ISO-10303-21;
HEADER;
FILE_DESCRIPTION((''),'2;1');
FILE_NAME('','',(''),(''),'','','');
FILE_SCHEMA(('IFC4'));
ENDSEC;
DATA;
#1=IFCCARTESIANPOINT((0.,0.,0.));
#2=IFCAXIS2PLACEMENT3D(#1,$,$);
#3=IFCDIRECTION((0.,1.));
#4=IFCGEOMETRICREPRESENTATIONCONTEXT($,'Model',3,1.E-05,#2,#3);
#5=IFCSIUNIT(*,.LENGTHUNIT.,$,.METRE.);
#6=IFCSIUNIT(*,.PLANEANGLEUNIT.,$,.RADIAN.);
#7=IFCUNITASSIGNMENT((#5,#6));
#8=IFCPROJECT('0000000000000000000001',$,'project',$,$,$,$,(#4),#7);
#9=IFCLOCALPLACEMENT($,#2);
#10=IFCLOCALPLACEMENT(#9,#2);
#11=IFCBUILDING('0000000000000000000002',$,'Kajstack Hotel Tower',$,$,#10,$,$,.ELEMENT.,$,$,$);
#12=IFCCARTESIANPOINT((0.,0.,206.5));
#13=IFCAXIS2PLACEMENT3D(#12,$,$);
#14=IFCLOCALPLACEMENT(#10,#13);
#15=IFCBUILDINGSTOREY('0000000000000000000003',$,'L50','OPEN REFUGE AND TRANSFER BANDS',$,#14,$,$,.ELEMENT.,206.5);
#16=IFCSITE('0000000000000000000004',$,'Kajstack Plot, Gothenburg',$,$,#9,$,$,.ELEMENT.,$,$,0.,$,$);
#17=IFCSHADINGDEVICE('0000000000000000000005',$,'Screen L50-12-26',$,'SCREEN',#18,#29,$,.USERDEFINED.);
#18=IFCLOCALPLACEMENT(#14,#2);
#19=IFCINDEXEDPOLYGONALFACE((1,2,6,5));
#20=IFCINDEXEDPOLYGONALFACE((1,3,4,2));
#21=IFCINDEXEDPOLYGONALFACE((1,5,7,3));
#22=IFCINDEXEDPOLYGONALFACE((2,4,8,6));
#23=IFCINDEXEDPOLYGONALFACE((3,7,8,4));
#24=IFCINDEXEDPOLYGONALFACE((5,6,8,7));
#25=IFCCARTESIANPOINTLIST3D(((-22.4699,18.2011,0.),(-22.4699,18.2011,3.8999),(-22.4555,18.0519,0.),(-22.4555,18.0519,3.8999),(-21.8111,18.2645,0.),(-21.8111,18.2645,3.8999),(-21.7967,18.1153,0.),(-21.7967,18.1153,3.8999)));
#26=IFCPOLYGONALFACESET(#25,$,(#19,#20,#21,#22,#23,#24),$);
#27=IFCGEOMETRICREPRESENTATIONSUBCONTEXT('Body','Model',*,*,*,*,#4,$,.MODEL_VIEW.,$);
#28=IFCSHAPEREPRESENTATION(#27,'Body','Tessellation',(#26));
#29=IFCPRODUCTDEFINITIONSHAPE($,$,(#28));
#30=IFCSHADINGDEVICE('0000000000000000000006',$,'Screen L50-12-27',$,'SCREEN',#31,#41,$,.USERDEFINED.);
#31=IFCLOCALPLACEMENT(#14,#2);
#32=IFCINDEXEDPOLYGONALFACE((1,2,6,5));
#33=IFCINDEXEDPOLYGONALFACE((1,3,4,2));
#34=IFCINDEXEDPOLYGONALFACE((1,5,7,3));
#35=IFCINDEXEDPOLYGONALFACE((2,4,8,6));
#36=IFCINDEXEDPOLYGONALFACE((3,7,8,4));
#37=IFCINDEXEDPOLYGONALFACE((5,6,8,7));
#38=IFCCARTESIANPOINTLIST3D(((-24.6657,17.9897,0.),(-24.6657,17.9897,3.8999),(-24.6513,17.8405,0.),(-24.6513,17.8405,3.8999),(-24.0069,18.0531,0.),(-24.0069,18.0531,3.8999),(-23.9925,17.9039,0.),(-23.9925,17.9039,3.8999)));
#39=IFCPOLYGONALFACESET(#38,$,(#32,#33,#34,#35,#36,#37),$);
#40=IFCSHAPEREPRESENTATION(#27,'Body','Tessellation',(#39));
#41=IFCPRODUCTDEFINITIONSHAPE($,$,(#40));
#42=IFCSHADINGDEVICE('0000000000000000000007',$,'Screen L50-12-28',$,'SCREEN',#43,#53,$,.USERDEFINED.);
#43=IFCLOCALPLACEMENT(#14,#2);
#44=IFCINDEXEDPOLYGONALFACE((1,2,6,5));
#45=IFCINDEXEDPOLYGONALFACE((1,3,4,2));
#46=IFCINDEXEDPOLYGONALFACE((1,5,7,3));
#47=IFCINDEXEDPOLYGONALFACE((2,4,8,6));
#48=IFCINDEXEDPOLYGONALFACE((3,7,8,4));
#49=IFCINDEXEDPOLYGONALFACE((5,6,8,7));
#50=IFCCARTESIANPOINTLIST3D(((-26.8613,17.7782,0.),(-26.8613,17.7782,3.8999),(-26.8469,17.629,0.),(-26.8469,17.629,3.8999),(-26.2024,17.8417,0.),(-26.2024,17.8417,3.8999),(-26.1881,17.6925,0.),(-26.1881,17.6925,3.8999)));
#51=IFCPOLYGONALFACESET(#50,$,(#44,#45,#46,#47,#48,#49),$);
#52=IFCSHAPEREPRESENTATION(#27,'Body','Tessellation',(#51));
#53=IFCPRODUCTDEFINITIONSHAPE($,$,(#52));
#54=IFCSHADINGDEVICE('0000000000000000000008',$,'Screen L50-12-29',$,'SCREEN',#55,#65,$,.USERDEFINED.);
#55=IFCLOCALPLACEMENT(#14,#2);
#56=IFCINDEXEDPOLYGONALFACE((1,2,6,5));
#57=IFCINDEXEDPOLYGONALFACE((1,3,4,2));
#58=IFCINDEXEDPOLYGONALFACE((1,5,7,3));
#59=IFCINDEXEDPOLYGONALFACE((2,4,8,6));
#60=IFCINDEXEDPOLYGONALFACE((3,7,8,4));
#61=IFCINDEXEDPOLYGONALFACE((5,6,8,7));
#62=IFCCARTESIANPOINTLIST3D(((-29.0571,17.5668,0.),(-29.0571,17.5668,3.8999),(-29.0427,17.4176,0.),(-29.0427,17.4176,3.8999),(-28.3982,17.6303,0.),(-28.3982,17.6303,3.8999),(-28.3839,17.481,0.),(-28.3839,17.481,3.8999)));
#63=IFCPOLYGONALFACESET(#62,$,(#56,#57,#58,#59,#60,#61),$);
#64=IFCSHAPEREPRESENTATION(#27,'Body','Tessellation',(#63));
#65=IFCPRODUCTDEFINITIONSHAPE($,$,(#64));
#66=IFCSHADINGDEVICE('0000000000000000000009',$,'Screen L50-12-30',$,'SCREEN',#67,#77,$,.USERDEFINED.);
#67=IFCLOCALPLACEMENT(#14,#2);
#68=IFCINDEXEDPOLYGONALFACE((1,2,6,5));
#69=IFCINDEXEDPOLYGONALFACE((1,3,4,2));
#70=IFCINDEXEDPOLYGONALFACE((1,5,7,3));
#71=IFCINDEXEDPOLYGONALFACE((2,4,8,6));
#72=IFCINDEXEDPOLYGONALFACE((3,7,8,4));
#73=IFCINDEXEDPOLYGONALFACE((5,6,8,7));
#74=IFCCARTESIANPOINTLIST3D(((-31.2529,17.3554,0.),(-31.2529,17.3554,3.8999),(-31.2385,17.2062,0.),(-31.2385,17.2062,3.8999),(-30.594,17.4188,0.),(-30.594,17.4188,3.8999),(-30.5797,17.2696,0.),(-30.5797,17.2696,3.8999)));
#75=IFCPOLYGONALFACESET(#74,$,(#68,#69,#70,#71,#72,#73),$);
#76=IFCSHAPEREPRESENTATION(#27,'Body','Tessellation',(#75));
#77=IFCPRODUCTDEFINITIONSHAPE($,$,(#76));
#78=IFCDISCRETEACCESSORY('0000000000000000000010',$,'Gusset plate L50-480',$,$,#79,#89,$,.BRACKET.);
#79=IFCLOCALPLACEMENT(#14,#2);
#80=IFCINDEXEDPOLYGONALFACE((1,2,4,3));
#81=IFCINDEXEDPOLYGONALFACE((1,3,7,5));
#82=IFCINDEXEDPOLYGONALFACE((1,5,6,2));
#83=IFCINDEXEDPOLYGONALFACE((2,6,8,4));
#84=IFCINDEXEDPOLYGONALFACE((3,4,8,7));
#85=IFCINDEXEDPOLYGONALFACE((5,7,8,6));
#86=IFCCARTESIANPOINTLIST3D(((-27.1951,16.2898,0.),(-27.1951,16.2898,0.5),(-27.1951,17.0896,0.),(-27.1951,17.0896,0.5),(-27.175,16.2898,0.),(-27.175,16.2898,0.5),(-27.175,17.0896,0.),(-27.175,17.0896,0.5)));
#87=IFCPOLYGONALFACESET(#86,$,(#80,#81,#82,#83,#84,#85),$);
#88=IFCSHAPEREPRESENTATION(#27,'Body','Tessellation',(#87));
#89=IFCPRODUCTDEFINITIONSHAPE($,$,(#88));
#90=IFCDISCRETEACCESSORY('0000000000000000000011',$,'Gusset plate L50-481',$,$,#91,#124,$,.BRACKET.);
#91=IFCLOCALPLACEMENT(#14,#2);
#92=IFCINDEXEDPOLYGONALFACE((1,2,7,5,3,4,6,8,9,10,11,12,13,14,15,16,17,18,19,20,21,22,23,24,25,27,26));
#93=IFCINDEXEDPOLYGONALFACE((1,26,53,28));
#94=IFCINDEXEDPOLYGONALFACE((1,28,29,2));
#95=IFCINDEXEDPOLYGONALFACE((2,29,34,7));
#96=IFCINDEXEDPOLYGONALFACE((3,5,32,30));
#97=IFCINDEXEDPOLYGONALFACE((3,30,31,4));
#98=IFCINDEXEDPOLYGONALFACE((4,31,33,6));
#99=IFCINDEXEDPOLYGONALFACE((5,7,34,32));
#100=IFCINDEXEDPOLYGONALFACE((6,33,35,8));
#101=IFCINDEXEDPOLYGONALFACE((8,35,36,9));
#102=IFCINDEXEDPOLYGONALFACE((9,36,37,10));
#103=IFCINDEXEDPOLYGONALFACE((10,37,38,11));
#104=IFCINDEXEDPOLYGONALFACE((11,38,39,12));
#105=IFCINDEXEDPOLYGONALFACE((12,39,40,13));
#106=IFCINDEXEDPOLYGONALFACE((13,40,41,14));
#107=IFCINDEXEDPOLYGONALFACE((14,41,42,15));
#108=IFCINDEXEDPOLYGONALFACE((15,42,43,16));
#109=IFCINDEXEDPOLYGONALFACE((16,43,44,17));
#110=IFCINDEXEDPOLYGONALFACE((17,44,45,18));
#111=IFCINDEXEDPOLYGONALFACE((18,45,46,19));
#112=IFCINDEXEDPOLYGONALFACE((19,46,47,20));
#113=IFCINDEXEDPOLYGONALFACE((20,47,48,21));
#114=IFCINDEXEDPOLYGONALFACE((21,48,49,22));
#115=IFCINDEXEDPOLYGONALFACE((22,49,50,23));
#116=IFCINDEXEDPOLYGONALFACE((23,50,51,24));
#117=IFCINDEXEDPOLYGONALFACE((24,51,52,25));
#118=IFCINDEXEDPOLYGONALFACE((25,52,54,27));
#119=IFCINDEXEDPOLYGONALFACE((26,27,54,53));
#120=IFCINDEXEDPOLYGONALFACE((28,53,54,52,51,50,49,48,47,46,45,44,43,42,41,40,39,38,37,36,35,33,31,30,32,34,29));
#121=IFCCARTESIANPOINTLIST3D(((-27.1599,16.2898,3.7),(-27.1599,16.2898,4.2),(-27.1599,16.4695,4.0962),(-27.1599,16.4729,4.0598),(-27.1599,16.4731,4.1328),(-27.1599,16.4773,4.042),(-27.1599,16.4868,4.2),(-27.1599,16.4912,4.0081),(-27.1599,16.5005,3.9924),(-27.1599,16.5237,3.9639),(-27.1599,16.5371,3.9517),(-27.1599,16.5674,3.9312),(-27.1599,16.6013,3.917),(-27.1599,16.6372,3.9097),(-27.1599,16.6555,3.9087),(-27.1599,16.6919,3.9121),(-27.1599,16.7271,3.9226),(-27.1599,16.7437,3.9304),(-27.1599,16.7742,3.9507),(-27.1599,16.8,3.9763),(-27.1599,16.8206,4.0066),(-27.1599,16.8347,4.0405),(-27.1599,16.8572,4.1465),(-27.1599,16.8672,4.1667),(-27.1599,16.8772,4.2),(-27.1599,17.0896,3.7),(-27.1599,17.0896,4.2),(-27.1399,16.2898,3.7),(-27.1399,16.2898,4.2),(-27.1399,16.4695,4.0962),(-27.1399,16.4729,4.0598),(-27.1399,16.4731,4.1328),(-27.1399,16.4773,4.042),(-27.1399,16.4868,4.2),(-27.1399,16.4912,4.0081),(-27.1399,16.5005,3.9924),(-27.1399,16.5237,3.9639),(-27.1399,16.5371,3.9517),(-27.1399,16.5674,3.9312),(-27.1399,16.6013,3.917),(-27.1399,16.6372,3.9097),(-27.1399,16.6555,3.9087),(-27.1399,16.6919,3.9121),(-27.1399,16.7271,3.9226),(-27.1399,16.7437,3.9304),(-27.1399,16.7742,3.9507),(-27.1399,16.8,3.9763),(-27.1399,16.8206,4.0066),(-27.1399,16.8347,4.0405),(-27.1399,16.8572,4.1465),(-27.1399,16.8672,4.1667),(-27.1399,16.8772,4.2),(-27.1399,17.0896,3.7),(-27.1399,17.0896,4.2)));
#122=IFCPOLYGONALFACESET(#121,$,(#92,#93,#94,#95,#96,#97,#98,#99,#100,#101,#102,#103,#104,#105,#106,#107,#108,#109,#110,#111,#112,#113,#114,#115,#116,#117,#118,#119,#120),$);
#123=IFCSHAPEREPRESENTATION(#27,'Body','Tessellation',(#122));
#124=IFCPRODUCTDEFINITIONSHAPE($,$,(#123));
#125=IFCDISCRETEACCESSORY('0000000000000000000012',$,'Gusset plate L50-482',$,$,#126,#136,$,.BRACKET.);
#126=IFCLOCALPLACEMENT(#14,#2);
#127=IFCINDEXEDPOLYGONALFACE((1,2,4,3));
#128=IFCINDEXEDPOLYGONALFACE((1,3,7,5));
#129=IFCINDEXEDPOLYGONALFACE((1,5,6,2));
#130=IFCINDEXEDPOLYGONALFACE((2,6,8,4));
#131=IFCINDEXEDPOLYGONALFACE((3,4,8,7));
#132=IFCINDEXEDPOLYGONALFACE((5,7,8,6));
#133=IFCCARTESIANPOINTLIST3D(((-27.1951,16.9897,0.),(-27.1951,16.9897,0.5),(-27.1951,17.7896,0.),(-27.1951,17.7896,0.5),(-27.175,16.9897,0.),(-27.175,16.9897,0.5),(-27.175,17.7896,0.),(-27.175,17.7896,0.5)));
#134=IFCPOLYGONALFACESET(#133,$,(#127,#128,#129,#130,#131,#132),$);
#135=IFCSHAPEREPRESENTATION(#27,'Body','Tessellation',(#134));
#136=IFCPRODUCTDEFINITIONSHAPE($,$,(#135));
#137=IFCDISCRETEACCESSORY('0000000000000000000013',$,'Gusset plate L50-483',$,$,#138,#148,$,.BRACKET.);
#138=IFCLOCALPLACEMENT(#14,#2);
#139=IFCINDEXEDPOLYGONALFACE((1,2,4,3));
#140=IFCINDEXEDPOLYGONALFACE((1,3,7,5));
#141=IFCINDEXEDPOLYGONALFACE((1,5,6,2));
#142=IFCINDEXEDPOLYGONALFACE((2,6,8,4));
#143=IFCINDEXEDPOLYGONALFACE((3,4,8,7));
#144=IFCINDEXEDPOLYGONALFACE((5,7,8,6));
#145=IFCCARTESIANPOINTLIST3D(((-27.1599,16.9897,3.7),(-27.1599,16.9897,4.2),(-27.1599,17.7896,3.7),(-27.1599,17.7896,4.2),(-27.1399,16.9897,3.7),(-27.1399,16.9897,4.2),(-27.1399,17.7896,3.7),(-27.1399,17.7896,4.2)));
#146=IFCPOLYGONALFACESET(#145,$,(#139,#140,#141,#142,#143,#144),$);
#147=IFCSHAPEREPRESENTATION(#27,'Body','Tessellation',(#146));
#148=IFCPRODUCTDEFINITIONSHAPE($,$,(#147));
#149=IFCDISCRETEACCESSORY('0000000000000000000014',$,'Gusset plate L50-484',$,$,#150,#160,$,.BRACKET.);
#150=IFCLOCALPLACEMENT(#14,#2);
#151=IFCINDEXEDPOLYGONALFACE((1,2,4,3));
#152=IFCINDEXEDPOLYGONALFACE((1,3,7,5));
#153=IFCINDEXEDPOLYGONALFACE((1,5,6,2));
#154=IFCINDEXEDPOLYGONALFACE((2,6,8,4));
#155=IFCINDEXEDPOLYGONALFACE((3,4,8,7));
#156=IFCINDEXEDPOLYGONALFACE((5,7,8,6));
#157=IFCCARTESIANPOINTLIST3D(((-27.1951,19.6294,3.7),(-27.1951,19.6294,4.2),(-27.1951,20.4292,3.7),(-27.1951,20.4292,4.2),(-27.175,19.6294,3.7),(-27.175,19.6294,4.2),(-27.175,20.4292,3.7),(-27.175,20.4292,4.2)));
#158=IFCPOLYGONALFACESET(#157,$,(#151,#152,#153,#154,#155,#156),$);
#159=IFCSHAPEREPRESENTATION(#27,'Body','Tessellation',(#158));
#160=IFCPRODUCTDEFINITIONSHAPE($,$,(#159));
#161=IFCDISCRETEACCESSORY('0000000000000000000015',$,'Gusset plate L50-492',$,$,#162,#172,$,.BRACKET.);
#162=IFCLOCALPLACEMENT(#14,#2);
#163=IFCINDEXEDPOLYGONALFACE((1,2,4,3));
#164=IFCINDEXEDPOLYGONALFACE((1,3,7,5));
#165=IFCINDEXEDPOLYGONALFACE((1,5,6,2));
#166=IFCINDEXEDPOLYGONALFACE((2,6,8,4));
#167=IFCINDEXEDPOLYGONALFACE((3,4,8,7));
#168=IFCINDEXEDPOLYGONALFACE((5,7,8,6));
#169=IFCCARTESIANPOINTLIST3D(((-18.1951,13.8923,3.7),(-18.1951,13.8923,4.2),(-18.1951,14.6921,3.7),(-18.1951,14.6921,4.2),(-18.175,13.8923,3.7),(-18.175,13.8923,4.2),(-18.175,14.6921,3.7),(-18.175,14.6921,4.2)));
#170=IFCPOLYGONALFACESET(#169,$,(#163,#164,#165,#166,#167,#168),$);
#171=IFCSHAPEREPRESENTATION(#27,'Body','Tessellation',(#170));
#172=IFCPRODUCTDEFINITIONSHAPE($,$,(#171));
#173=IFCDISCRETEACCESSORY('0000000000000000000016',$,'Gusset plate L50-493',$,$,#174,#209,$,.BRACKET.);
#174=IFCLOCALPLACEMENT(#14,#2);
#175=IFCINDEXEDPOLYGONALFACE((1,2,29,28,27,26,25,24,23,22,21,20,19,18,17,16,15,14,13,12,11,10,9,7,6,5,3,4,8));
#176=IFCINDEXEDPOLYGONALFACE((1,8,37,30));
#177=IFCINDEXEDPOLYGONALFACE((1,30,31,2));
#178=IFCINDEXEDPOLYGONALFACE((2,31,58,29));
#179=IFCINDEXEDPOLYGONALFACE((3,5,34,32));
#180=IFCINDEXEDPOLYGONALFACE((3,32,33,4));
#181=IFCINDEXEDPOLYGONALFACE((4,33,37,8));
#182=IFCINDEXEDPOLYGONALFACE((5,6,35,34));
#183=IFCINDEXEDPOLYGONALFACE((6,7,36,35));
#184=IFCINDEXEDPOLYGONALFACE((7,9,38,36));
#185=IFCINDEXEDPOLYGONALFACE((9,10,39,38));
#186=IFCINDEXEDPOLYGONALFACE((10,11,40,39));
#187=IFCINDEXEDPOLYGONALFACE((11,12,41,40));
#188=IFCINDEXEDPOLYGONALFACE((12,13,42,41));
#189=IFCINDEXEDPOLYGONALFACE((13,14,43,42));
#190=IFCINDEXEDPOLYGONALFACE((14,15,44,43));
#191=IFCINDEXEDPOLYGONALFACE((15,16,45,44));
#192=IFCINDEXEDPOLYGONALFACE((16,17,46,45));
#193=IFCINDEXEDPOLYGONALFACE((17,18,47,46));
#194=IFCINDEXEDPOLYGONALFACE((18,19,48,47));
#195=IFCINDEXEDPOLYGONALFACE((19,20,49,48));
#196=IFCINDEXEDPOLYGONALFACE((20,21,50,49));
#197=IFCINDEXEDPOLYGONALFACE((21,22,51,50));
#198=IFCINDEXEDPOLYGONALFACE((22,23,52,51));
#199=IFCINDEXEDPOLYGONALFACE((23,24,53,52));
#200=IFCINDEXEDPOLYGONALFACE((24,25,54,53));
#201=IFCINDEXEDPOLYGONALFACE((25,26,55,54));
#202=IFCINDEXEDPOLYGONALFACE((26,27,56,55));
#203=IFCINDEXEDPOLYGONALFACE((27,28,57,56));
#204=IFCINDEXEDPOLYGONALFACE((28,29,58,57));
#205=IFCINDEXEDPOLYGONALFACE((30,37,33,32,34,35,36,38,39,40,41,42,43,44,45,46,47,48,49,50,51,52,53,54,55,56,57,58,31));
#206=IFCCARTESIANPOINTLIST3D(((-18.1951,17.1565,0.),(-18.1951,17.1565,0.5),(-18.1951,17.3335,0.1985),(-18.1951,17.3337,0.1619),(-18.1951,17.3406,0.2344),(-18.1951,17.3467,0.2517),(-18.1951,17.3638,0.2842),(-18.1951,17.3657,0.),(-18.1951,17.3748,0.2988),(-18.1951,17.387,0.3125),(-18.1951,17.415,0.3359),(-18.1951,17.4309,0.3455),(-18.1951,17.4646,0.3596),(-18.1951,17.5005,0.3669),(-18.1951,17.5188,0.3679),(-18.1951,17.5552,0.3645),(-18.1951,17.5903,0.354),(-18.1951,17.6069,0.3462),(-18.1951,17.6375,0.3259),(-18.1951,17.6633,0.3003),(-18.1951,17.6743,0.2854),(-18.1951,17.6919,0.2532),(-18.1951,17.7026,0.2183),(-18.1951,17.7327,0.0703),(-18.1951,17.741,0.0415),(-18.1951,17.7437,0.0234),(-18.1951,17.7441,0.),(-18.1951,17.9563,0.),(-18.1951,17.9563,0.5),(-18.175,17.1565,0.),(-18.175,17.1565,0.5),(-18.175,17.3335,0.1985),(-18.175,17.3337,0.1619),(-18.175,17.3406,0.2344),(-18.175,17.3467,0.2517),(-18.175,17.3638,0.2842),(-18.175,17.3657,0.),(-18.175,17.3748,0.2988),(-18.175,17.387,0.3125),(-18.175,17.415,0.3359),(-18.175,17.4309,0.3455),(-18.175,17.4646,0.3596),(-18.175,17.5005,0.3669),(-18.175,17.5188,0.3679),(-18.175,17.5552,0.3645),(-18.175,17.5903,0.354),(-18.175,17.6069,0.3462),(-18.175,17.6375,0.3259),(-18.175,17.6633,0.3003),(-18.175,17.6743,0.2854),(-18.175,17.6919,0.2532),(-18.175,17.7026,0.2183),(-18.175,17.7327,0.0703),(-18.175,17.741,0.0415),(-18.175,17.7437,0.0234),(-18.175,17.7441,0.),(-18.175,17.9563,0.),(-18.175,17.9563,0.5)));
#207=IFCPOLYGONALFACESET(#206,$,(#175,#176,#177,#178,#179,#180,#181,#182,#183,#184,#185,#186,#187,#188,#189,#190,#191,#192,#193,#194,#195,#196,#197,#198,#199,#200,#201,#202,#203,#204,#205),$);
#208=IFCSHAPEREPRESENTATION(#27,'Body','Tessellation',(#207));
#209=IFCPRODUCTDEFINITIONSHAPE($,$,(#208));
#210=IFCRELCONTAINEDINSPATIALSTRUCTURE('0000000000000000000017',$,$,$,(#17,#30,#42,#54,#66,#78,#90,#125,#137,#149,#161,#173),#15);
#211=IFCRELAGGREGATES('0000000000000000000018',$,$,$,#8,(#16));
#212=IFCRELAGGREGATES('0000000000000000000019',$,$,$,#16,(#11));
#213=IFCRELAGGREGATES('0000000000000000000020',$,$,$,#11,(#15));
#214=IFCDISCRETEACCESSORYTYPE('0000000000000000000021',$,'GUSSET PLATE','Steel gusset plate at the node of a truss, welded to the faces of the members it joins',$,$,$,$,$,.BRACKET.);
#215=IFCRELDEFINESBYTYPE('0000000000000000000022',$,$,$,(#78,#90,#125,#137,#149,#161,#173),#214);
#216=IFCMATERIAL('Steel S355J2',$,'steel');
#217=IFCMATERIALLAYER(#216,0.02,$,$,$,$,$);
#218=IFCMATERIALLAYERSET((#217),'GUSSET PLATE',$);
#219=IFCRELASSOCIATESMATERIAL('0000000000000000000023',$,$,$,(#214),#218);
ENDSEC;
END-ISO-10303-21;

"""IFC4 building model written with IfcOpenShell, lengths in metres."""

from ifc_helpers import new_model, si_unit, direction, frame, origin, origin_2d, place, context, subcontext, project, spatial, polyline, rectangle, outline, extrude, material, layer, layer_set, type_object, element, save


model = new_model("IFC4")

# Units and contexts
model_context = context("Model", 3, precision=1e-05, world=origin(), true_north=direction((0.0, 1.0)))
body_context = subcontext(model_context, "Body", "Model", "MODEL_VIEW")
ifc_project = project(units=[si_unit("LENGTHUNIT", "METRE"), si_unit("PLANEANGLEUNIT", "RADIAN")], contexts=[model_context])

# Site, building, storey
site_placement = place(None, origin())
site = spatial("IfcSite", under=ifc_project, at=site_placement, Name="Kajstack Plot, Gothenburg", CompositionType="ELEMENT", RefElevation=0.0)
building_placement = place(site_placement, origin())
building = spatial("IfcBuilding", under=site, at=building_placement, Name="Kajstack Hotel Tower", CompositionType="ELEMENT")
storey_placement = place(building_placement, frame((0.0, 0.0, 206.5)))
storey = spatial("IfcBuildingStorey", under=building, at=storey_placement, Name="L50", Description="OPEN REFUGE AND TRANSFER BANDS", CompositionType="ELEMENT", Elevation=206.5)

# Shared definitions
ifc_material_1 = material(Name="Steel S355J2", Category="steel")

# Shading devices
for number, where, z_axis, x_axis, name in (
    (1, (-22.1333, 18.1582, 0.0), (0.0, 0.0, 1.0), (-0.995396, -0.095845, 0.0), "Screen L50-12-26"),
    (2, (-24.3291, 17.9468, 0.0), (0.0, 0.0, 1.0), (-0.995396, -0.095845, 0.0), "Screen L50-12-27"),
    (3, (-26.5247, 17.7354, 0.0), (0.0, 0.0, 1.0), (-0.995396, -0.095845, 0.0), "Screen L50-12-28"),
    (4, (-28.7205, 17.5239, 0.0), (0.0, 0.0, 1.0), (-0.995396, -0.095845, 0.0), "Screen L50-12-29"),
    (5, (-30.9163, 17.3125, 0.0), (0.0, 0.0, 1.0), (-0.995396, -0.095845, 0.0), "Screen L50-12-30"),
):
    element("IfcShadingDevice", number, at=place(storey_placement, frame(where, z_axis=z_axis, x_axis=x_axis)), inside=storey, Name=name, ObjectType="SCREEN", PredefinedType="USERDEFINED", context=body_context, shape_type="SweptSolid", body=[
        extrude(rectangle(XDim=0.6619, YDim=0.1499, at=origin_2d()), origin(), (0.0, 0.0, 1.0), 3.8999),
    ])

# Discrete accessories
ifc_layer_1 = layer(ifc_material_1, 0.02)
ifc_layer_set_1 = layer_set([ifc_layer_1], Name="GUSSET PLATE")
discrete_accessory_type = type_object("IfcDiscreteAccessoryType", Name="GUSSET PLATE", Description="Steel gusset plate at the node of a truss, welded to the faces of the members it joins", PredefinedType="BRACKET", material=ifc_layer_set_1)
discrete_accessory_1_placement = place(storey_placement, frame((-27.1951, 16.6897, 0.0), z_axis=(1.0, 0.0, 0.0), x_axis=(0.0, 1.0, 0.0)))
element("IfcDiscreteAccessory", 6, at=discrete_accessory_1_placement, inside=storey, type_object=discrete_accessory_type, Name="Gusset plate L50-480", PredefinedType="BRACKET", context=body_context, shape_type="SweptSolid", body=[
    extrude(outline(polyline([(-0.3999, 0.0), (0.3999, 0.0), (0.3999, 0.5), (-0.3999, 0.5), (-0.3999, 0.0)])), origin(), (0.0, 0.0, 1.0), 0.02),
])
discrete_accessory_2_placement = place(storey_placement, frame((-27.1599, 16.6897, 3.7), z_axis=(1.0, 0.0, 0.0), x_axis=(0.0, 1.0, 0.0)))
element("IfcDiscreteAccessory", 7, at=discrete_accessory_2_placement, inside=storey, type_object=discrete_accessory_type, Name="Gusset plate L50-481", PredefinedType="BRACKET", context=body_context, shape_type="SweptSolid", body=[
    extrude(outline(polyline([(0.3999, 0.5), (0.1875, 0.5), (0.1775, 0.4668), (0.1675, 0.4465), (0.145, 0.3406), (0.1309, 0.3066), (0.1104, 0.2764), (0.0845, 0.2507), (0.054, 0.2305), (0.0374, 0.2227), (0.0022, 0.2122), (-0.0342, 0.2087), (-0.0525, 0.2097), (-0.0884, 0.217), (-0.1223, 0.2312), (-0.1526, 0.2517), (-0.166, 0.2639), (-0.1892, 0.2925), (-0.1985, 0.3081), (-0.2124, 0.342), (-0.2168, 0.3599), (-0.2202, 0.3962), (-0.2166, 0.4329), (-0.2029, 0.5), (-0.3999, 0.5), (-0.3999, 0.0), (0.3999, 0.0), (0.3999, 0.5)])), origin(), (0.0, 0.0, 1.0), 0.02),
])
for number, where, z_axis, x_axis, name in (
    (8, (-27.1951, 17.3896, 0.0), (1.0, 0.0, 0.0), (0.0, 1.0, 0.0), "Gusset plate L50-482"),
    (9, (-27.1599, 17.3896, 3.7), (1.0, 0.0, 0.0), (0.0, 1.0, 0.0), "Gusset plate L50-483"),
    (10, (-27.1951, 20.0293, 3.7), (1.0, 0.0, 0.0), (0.0, 1.0, 0.0), "Gusset plate L50-484"),
    (11, (-18.1951, 14.2922, 3.7), (1.0, 0.0, 0.0), (0.0, 1.0, 0.0), "Gusset plate L50-492"),
):
    element("IfcDiscreteAccessory", number, at=place(storey_placement, frame(where, z_axis=z_axis, x_axis=x_axis)), inside=storey, type_object=discrete_accessory_type, Name=name, PredefinedType="BRACKET", context=body_context, shape_type="SweptSolid", body=[
        extrude(outline(polyline([(-0.3999, 0.0), (0.3999, 0.0), (0.3999, 0.5), (-0.3999, 0.5), (-0.3999, 0.0)])), origin(), (0.0, 0.0, 1.0), 0.02),
    ])
discrete_accessory_3_placement = place(storey_placement, frame((-18.1951, 17.5564, 0.0), z_axis=(1.0, 0.0, 0.0), x_axis=(0.0, 1.0, 0.0)))
element("IfcDiscreteAccessory", 12, at=discrete_accessory_3_placement, inside=storey, type_object=discrete_accessory_type, Name="Gusset plate L50-493", PredefinedType="BRACKET", context=body_context, shape_type="SweptSolid", body=[
    extrude(outline(polyline([(-0.3999, 0.0), (-0.1907, 0.0), (-0.2227, 0.1619), (-0.2229, 0.1985), (-0.2158, 0.2344), (-0.2097, 0.2517), (-0.1926, 0.2842), (-0.1816, 0.2988), (-0.1694, 0.3125), (-0.1414, 0.3359), (-0.1255, 0.3455), (-0.0918, 0.3596), (-0.0559, 0.3669), (-0.0376, 0.3679), (-0.0012, 0.3645), (0.0339, 0.354), (0.0505, 0.3462), (0.0811, 0.3259), (0.1069, 0.3003), (0.1179, 0.2854), (0.1355, 0.2532), (0.1462, 0.2183), (0.1763, 0.0703), (0.1846, 0.0415), (0.1873, 0.0234), (0.1877, 0.0), (0.3999, 0.0), (0.3999, 0.5), (-0.3999, 0.5), (-0.3999, 0.0)])), origin(), (0.0, 0.0, 1.0), 0.02),
])

save(model, "model.ifc")
